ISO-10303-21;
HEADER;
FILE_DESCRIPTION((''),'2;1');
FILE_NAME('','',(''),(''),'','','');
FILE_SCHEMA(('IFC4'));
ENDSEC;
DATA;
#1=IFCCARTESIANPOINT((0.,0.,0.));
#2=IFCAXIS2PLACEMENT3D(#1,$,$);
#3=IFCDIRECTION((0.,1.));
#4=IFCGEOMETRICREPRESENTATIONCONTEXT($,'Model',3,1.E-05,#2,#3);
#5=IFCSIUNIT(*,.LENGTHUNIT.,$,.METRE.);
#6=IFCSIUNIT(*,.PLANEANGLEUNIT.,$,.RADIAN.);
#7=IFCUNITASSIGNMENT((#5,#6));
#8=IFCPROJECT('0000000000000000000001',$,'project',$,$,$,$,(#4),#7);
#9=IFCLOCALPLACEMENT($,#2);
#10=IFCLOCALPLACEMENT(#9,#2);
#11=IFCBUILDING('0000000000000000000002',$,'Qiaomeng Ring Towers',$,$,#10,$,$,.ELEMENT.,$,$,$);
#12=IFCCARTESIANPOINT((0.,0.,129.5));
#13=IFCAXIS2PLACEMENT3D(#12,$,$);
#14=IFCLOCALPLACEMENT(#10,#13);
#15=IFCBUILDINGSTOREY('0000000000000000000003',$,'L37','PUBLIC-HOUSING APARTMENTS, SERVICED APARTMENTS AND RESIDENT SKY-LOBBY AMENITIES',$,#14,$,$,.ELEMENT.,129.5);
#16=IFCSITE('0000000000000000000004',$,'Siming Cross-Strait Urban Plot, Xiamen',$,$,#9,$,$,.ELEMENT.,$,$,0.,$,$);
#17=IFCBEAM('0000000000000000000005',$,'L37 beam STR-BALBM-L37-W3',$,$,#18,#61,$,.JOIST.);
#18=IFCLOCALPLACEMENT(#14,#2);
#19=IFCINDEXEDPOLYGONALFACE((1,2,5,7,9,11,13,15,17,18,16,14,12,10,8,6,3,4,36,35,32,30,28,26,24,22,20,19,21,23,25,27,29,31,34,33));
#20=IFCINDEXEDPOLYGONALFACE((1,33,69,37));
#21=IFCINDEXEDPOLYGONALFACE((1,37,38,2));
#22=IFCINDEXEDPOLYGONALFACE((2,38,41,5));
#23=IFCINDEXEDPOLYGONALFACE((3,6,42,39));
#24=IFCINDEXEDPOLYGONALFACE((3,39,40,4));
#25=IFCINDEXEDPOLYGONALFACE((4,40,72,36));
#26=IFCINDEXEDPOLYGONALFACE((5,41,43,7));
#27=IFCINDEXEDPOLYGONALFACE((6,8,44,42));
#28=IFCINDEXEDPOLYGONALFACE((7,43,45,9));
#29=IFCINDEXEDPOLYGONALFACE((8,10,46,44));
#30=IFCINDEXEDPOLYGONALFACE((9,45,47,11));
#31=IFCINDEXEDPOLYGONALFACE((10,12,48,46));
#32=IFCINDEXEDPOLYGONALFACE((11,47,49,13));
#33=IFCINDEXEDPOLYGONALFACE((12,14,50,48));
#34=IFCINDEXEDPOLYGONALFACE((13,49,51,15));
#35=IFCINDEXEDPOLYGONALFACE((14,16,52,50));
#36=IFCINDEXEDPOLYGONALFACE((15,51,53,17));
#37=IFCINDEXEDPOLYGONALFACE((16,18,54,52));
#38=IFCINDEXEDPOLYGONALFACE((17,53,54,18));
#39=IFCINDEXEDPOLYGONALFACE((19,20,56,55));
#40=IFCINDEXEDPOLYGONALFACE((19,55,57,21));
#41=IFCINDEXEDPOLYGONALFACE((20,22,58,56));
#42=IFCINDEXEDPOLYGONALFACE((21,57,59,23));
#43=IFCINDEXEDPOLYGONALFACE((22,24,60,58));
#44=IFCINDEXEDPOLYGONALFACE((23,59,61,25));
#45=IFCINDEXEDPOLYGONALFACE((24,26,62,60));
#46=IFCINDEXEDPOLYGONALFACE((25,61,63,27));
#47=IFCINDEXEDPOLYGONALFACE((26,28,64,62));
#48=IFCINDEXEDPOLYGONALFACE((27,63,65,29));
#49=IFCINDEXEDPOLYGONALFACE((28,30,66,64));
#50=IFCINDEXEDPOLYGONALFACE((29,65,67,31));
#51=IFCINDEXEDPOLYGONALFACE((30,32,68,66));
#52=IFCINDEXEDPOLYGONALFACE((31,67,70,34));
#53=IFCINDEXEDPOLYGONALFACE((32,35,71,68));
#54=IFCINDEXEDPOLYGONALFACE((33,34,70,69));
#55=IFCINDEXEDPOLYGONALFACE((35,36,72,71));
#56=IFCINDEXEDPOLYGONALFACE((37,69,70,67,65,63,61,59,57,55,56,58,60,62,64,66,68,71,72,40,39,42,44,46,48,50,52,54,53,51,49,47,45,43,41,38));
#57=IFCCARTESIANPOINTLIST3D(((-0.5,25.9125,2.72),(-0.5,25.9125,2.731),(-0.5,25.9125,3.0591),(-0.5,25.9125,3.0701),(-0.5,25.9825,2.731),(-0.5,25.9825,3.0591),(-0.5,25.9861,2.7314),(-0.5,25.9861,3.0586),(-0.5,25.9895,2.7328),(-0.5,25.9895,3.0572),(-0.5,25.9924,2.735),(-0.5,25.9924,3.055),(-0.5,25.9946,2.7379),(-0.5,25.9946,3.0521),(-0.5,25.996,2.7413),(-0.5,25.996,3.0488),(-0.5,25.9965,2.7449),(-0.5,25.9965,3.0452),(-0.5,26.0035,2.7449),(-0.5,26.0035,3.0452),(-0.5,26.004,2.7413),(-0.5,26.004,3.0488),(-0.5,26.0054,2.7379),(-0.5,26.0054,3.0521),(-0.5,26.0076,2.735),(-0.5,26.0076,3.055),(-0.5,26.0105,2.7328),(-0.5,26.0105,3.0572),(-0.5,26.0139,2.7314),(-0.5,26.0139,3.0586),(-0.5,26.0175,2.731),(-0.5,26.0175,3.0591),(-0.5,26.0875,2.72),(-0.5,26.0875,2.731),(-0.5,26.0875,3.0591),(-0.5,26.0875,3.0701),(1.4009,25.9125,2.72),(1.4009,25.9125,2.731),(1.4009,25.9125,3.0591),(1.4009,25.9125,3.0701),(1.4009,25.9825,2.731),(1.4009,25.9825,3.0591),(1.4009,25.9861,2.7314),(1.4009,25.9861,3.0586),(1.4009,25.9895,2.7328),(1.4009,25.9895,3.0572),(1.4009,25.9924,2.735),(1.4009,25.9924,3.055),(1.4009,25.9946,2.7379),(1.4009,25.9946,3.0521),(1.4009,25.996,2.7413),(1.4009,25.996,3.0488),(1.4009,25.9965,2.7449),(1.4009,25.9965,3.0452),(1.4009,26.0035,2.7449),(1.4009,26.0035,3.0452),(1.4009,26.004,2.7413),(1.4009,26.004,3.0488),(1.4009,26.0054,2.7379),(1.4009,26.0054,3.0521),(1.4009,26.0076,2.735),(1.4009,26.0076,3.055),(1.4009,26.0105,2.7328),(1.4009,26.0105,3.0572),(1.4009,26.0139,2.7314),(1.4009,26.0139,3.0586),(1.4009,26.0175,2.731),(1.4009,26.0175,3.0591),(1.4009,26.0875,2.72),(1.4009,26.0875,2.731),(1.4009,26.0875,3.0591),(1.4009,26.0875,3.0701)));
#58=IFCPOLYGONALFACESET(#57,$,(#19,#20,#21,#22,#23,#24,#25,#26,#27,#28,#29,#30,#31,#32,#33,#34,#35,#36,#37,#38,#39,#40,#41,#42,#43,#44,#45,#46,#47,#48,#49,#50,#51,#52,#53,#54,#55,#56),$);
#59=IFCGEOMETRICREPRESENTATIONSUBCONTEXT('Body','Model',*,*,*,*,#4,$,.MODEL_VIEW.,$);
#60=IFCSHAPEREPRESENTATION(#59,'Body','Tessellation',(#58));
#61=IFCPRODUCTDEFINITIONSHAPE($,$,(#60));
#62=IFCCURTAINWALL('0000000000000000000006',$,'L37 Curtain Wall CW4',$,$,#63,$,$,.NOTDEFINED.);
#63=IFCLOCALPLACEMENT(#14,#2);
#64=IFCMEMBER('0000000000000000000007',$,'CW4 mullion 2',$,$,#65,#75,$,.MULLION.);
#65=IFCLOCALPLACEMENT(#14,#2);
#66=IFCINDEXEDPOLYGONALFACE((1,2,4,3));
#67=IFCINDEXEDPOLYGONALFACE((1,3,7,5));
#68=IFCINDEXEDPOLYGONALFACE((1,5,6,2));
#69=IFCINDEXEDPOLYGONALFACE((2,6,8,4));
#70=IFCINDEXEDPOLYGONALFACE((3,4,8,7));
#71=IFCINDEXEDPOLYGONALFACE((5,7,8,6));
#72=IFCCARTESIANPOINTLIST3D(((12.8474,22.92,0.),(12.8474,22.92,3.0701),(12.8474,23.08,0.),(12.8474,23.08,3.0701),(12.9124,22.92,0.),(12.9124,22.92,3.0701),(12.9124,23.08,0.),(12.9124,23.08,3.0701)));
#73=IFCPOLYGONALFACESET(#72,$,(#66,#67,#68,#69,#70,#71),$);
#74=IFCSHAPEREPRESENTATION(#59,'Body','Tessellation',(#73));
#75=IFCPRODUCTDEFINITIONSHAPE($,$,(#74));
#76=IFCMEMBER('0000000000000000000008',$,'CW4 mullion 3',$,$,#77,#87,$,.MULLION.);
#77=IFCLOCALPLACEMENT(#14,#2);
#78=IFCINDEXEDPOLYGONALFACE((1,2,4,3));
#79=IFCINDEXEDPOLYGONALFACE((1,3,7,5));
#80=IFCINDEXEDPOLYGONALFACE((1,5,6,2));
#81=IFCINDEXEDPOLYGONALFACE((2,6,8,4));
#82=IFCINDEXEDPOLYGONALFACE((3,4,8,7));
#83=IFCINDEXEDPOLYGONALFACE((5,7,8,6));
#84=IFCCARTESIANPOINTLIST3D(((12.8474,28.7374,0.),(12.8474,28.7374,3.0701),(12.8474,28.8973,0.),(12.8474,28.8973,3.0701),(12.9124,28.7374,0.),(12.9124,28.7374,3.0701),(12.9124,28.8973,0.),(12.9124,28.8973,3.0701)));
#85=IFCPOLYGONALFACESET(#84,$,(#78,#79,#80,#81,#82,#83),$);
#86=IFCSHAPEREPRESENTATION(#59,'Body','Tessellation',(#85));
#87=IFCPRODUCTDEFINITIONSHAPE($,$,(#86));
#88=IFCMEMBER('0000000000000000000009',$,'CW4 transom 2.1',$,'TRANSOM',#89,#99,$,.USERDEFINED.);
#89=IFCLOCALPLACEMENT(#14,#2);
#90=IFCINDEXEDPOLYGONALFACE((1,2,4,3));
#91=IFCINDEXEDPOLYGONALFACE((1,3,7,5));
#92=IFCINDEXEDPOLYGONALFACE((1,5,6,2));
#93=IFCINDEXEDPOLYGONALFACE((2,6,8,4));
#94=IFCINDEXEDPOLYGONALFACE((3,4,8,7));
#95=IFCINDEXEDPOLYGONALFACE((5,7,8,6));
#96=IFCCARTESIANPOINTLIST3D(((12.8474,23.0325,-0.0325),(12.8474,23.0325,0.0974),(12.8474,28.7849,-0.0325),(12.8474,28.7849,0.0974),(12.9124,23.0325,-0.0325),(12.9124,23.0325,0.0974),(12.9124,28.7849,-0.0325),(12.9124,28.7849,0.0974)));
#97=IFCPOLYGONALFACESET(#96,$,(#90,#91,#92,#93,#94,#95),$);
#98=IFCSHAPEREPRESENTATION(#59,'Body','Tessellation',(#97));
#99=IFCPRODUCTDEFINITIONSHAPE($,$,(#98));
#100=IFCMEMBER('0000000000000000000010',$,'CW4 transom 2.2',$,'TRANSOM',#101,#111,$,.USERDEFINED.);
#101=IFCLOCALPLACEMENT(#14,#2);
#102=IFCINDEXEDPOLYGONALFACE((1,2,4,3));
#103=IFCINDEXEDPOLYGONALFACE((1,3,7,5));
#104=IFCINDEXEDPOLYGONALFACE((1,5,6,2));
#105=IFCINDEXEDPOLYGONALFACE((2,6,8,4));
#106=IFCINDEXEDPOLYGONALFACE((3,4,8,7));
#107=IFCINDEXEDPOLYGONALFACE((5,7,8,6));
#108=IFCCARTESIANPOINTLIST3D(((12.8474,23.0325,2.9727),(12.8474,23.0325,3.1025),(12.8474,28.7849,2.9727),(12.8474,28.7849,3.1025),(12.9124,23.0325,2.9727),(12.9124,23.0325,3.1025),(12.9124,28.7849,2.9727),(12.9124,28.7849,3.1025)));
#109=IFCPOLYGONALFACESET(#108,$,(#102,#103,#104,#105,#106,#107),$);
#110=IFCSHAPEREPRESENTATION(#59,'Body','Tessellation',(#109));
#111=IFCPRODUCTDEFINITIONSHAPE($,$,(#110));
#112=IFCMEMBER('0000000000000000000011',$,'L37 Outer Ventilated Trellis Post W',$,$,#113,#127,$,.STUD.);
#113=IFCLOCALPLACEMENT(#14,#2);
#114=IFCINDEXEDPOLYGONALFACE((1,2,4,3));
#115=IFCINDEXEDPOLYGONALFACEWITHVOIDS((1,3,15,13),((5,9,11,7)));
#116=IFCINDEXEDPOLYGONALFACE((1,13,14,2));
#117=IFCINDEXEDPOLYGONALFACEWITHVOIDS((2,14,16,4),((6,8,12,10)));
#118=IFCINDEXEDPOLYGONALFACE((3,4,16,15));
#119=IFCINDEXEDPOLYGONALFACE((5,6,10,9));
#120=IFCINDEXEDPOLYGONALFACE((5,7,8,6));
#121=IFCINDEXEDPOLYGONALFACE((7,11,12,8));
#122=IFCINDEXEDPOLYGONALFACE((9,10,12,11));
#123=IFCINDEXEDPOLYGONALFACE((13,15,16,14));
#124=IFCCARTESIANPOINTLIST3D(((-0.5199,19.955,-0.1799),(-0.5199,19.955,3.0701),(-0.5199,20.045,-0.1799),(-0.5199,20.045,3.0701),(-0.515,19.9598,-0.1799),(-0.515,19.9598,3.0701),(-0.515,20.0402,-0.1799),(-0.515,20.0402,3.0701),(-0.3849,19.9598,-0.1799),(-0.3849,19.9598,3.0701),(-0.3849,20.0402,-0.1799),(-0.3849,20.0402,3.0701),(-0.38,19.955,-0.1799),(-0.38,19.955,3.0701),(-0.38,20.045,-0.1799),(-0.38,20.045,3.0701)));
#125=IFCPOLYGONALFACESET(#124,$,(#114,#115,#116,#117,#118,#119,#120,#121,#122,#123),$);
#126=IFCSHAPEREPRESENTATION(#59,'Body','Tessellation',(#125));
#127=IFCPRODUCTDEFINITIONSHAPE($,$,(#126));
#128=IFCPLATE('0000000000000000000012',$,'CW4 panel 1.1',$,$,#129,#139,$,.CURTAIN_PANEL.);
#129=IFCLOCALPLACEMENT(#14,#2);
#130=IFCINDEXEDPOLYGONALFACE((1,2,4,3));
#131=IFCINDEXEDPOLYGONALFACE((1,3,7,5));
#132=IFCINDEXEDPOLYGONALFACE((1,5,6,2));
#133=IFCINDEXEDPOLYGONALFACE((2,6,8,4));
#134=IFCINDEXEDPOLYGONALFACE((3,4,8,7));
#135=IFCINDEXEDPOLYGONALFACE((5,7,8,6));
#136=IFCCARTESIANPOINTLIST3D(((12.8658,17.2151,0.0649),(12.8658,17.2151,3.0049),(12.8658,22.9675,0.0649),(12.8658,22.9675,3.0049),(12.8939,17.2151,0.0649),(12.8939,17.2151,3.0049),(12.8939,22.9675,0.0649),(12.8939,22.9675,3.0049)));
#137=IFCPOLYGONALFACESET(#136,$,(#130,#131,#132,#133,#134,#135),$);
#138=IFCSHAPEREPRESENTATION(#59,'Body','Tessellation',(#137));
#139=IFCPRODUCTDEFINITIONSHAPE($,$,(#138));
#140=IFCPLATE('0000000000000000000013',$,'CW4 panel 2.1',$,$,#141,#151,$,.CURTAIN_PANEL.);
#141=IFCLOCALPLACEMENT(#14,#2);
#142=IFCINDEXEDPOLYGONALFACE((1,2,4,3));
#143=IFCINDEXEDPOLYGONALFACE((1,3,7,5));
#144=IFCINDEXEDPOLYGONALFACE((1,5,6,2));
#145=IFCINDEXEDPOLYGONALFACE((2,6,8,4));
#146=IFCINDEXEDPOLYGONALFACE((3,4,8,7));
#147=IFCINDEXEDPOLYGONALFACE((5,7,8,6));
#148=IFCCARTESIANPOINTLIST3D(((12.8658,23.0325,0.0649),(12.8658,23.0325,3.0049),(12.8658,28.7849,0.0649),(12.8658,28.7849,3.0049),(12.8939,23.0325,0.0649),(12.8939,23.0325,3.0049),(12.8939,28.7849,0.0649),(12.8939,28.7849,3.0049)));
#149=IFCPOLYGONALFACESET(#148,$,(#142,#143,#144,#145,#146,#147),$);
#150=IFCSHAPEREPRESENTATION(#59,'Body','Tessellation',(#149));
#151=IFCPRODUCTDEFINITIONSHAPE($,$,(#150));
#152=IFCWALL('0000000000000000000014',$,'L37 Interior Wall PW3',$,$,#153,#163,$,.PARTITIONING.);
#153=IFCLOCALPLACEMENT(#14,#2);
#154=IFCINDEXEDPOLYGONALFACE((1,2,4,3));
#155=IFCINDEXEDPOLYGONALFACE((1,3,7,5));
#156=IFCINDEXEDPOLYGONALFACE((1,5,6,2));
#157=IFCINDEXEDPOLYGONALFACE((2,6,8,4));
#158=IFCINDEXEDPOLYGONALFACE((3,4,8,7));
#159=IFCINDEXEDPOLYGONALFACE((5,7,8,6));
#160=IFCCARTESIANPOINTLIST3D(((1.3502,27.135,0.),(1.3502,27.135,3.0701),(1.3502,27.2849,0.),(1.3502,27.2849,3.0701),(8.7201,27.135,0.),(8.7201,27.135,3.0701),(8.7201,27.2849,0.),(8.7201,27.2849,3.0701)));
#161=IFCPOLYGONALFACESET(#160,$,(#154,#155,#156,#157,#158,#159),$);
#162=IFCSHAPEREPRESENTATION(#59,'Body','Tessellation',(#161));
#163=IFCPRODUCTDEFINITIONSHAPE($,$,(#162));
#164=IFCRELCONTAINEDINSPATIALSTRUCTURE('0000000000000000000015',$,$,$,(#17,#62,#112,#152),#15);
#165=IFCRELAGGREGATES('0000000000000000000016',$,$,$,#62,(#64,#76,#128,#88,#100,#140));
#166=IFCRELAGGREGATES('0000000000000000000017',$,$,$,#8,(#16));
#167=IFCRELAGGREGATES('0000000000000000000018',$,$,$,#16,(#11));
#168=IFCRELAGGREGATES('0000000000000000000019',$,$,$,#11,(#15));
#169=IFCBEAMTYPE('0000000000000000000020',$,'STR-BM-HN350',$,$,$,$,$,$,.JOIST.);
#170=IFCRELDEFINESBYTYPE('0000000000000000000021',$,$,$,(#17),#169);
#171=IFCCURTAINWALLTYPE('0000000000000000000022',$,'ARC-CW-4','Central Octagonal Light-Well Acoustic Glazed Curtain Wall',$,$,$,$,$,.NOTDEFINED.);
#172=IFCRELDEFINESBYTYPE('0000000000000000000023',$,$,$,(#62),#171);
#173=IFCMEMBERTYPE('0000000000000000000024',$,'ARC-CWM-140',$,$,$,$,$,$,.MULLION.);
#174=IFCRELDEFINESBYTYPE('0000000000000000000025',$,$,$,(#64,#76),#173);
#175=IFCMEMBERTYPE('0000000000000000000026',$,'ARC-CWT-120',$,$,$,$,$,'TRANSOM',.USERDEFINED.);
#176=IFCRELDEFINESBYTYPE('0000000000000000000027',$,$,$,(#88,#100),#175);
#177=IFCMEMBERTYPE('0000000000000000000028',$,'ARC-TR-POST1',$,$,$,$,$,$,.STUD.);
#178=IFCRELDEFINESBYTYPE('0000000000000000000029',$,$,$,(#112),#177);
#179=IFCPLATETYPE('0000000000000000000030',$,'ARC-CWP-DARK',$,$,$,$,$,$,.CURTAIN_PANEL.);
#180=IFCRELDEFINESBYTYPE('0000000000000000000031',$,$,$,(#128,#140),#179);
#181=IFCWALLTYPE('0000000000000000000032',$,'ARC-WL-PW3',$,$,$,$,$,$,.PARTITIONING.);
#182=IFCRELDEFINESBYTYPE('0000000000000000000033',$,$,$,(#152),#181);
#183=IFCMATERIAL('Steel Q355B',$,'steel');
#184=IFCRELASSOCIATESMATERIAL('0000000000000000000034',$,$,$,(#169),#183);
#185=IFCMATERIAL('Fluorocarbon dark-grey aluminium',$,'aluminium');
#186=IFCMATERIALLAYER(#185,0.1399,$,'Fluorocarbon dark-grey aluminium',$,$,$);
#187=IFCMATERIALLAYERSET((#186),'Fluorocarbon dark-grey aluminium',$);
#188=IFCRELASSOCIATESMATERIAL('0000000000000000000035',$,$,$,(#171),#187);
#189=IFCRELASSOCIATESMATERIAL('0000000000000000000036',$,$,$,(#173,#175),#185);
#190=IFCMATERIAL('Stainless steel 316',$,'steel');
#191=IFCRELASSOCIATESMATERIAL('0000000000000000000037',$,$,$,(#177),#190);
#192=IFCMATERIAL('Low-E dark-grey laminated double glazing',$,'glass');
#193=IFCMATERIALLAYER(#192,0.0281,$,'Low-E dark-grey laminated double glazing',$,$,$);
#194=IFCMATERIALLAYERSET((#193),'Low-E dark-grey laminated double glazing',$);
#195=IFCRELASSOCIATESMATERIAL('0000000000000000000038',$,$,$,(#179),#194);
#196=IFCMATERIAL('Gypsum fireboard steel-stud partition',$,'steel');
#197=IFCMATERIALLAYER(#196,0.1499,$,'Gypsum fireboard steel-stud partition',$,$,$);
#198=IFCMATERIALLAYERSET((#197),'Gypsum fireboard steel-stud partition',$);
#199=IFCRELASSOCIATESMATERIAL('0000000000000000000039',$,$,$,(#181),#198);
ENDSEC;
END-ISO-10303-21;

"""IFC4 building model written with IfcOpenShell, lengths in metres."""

from ifc_helpers import new_model, si_unit, direction, frame, frame_2d, origin, origin_2d, place, context, subcontext, project, spatial, rectangle, hollow_rectangle, i_section, extrude, source, transform, mapped, material, layer, layer_set, material_profile, profile_set, type_object, element, aggregate, save


model = new_model("IFC4")

# Units and contexts
model_context = context("Model", 3, precision=1e-05, world=origin(), true_north=direction((0.0, 1.0)))
body_context = subcontext(model_context, "Body", "Model", "MODEL_VIEW")
ifc_project = project(units=[si_unit("LENGTHUNIT", "METRE"), si_unit("PLANEANGLEUNIT", "RADIAN")], contexts=[model_context])

# Site, building, storey
site_placement = place(None, origin())
site = spatial("IfcSite", under=ifc_project, at=site_placement, Name="Siming Cross-Strait Urban Plot, Xiamen", CompositionType="ELEMENT", RefElevation=0.0)
building_placement = place(site_placement, origin())
building = spatial("IfcBuilding", under=site, at=building_placement, Name="Qiaomeng Ring Towers", CompositionType="ELEMENT")
storey_placement = place(building_placement, frame((0.0, 0.0, 129.5)))
storey = spatial("IfcBuildingStorey", under=building, at=storey_placement, Name="L37", Description="PUBLIC-HOUSING APARTMENTS, SERVICED APARTMENTS AND RESIDENT SKY-LOBBY AMENITIES", CompositionType="ELEMENT", Elevation=129.5)

# Beam
ifc_material_1 = material(Name="Steel Q355B", Category="steel")
ifc_material_profile_1 = material_profile(ifc_material_1, i_section(OverallWidth=0.175, OverallDepth=0.3501, WebThickness=0.0071, FlangeThickness=0.011, FilletRadius=0.0139, at=origin_2d()), Name="HN 350x175x7x11")
ifc_profile_set_1 = profile_set([ifc_material_profile_1], Name="Steel Q355B")
beam_type_1 = type_object("IfcBeamType", Name="STR-BM-HN350", PredefinedType="JOIST", material=ifc_profile_set_1)
shared_shape_1 = source(origin(), body_context, "Body", "SweptSolid", [
    extrude(i_section(OverallWidth=0.175, OverallDepth=0.3501, WebThickness=0.0071, FlangeThickness=0.011, FilletRadius=0.0139, at=origin_2d()), origin(), (0.0, 0.0, 1.0), 1.9009),
])
beam_1_placement = place(storey_placement, frame((-0.5, 26.0, 2.895), z_axis=(1.0, 0.0, 0.0), x_axis=(0.0, 1.0, 0.0)))
element("IfcBeam", 1, at=beam_1_placement, inside=storey, type_object=beam_type_1, Name="L37 beam STR-BALBM-L37-W3", PredefinedType="JOIST", context=body_context, shape_type="MappedRepresentation", body=[
    mapped(shared_shape_1, transform((0.0, 0.0, 0.0), x_axis=(1.0, 0.0, 0.0), y_axis=(0.0, 1.0, 0.0), z_axis=(0.0, 0.0, 1.0), scale=1.0)),
])

# Curtain wall, members
ifc_material_2 = material(Name="Fluorocarbon dark-grey aluminium", Category="aluminium")
ifc_layer_1 = layer(ifc_material_2, 0.1399, Name="Fluorocarbon dark-grey aluminium")
ifc_layer_set_1 = layer_set([ifc_layer_1], Name="Fluorocarbon dark-grey aluminium")
curtain_wall_type = type_object("IfcCurtainWallType", Name="ARC-CW-4", Description="Central Octagonal Light-Well Acoustic Glazed Curtain Wall", PredefinedType="NOTDEFINED", material=ifc_layer_set_1)
curtain_wall_placement = place(storey_placement, origin())
curtain_wall = element("IfcCurtainWall", 2, at=curtain_wall_placement, inside=storey, type_object=curtain_wall_type, Name="L37 Curtain Wall CW4", PredefinedType="NOTDEFINED")
ifc_material_profile_2 = material_profile(ifc_material_2, rectangle(XDim=0.0649, YDim=0.1599, at=origin_2d()), Name="ALU MULL 65x160")
ifc_profile_set_2 = profile_set([ifc_material_profile_2], Name="Fluorocarbon dark-grey aluminium")
member_type_1 = type_object("IfcMemberType", Name="ARC-CWM-140", PredefinedType="MULLION", material=ifc_profile_set_2)
shared_shape_2 = source(origin(), body_context, "Body", "SweptSolid", [
    extrude(rectangle(XDim=0.0649, YDim=0.1599, at=origin_2d()), origin(), (0.0, 0.0, 1.0), 3.0701),
])
member_1_placement = place(storey_placement, frame((12.8799, 23.0, 0.0), z_axis=(0.0, 0.0, 1.0), x_axis=(-1.0, 0.0, 0.0)))
member_1 = element("IfcMember", 3, at=member_1_placement, type_object=member_type_1, Name="CW4 mullion 2", PredefinedType="MULLION", context=body_context, shape_type="MappedRepresentation", body=[
    mapped(shared_shape_2, transform((0.0, 0.0, 0.0), x_axis=(1.0, 0.0, 0.0), y_axis=(0.0, 1.0, 0.0), z_axis=(0.0, 0.0, 1.0), scale=1.0)),
])
member_2_placement = place(storey_placement, frame((12.8799, 28.8174, 0.0), z_axis=(0.0, 0.0, 1.0), x_axis=(-1.0, 0.0, 0.0)))
member_2 = element("IfcMember", 4, at=member_2_placement, type_object=member_type_1, Name="CW4 mullion 3", PredefinedType="MULLION", context=body_context, shape_type="MappedRepresentation", body=[
    mapped(shared_shape_2, transform((0.0, 0.0, 0.0), x_axis=(1.0, 0.0, 0.0), y_axis=(0.0, 1.0, 0.0), z_axis=(0.0, 0.0, 1.0), scale=1.0)),
])
ifc_material_profile_3 = material_profile(ifc_material_2, rectangle(XDim=0.0649, YDim=0.1299, at=origin_2d()), Name="ALU TRAN 65x130")
ifc_profile_set_3 = profile_set([ifc_material_profile_3], Name="Fluorocarbon dark-grey aluminium")
member_type_2 = type_object("IfcMemberType", Name="ARC-CWT-120", ElementType="TRANSOM", PredefinedType="USERDEFINED", material=ifc_profile_set_3)
shared_shape_3 = source(origin(), body_context, "Body", "SweptSolid", [
    extrude(rectangle(XDim=0.0649, YDim=0.1299, at=origin_2d()), origin(), (0.0, 0.0, 1.0), 5.7524),
])
member_3_placement = place(storey_placement, frame((12.8799, 23.0325, 0.0325), z_axis=(0.0, 1.0, 0.0), x_axis=(-1.0, 0.0, 0.0)))
member_3 = element("IfcMember", 5, at=member_3_placement, type_object=member_type_2, Name="CW4 transom 2.1", ObjectType="TRANSOM", PredefinedType="USERDEFINED", context=body_context, shape_type="MappedRepresentation", body=[
    mapped(shared_shape_3, transform((0.0, 0.0, 0.0), x_axis=(1.0, 0.0, 0.0), y_axis=(0.0, 1.0, 0.0), z_axis=(0.0, 0.0, 1.0), scale=1.0)),
])
member_4_placement = place(storey_placement, frame((12.8799, 23.0325, 3.0376), z_axis=(0.0, 1.0, 0.0), x_axis=(-1.0, 0.0, 0.0)))
member_4 = element("IfcMember", 6, at=member_4_placement, type_object=member_type_2, Name="CW4 transom 2.2", ObjectType="TRANSOM", PredefinedType="USERDEFINED", context=body_context, shape_type="MappedRepresentation", body=[
    mapped(shared_shape_3, transform((0.0, 0.0, 0.0), x_axis=(1.0, 0.0, 0.0), y_axis=(0.0, 1.0, 0.0), z_axis=(0.0, 0.0, 1.0), scale=1.0)),
])

# Member
ifc_material_3 = material(Name="Stainless steel 316", Category="steel")
ifc_material_profile_4 = material_profile(ifc_material_3, hollow_rectangle(XDim=0.0901, YDim=0.1399, WallThickness=0.0049, at=origin_2d()), Name="SS TRELLIS 90x140")
ifc_profile_set_4 = profile_set([ifc_material_profile_4], Name="Stainless steel 316")
member_type_3 = type_object("IfcMemberType", Name="ARC-TR-POST1", PredefinedType="STUD", material=ifc_profile_set_4)
shared_shape_4 = source(origin(), body_context, "Body", "SweptSolid", [
    extrude(hollow_rectangle(XDim=0.0901, YDim=0.1399, WallThickness=0.0049, at=origin_2d()), origin(), (0.0, 0.0, 1.0), 3.25),
])
member_5_placement = place(storey_placement, frame((-0.45, 20.0, -0.1799), z_axis=(0.0, 0.0, 1.0), x_axis=(0.0, 1.0, 0.0)))
element("IfcMember", 7, at=member_5_placement, inside=storey, type_object=member_type_3, Name="L37 Outer Ventilated Trellis Post W", PredefinedType="STUD", context=body_context, shape_type="MappedRepresentation", body=[
    mapped(shared_shape_4, transform((0.0, 0.0, 0.0), x_axis=(1.0, 0.0, 0.0), y_axis=(0.0, 1.0, 0.0), z_axis=(0.0, 0.0, 1.0), scale=1.0)),
])

# Plates
ifc_material_4 = material(Name="Low-E dark-grey laminated double glazing", Category="glass")
ifc_layer_2 = layer(ifc_material_4, 0.0281, Name="Low-E dark-grey laminated double glazing")
ifc_layer_set_2 = layer_set([ifc_layer_2], Name="Low-E dark-grey laminated double glazing")
plate_type = type_object("IfcPlateType", Name="ARC-CWP-DARK", PredefinedType="CURTAIN_PANEL", material=ifc_layer_set_2)
shared_shape_5 = source(origin(), body_context, "Body", "SweptSolid", [
    extrude(rectangle(XDim=5.7524, YDim=0.0281, at=origin_2d()), origin(), (0.0, 0.0, 1.0), 2.9399),
])
plate_1_placement = place(storey_placement, frame((12.8799, 20.0913, 0.0649), z_axis=(0.0, 0.0, 1.0), x_axis=(0.0, 1.0, 0.0)))
plate_1 = element("IfcPlate", 8, at=plate_1_placement, type_object=plate_type, Name="CW4 panel 1.1", PredefinedType="CURTAIN_PANEL", context=body_context, shape_type="MappedRepresentation", body=[
    mapped(shared_shape_5, transform((0.0, 0.0, 0.0), x_axis=(1.0, 0.0, 0.0), y_axis=(0.0, 1.0, 0.0), z_axis=(0.0, 0.0, 1.0), scale=1.0)),
])
plate_2_placement = place(storey_placement, frame((12.8799, 25.9087, 0.0649), z_axis=(0.0, 0.0, 1.0), x_axis=(0.0, 1.0, 0.0)))
plate_2 = element("IfcPlate", 9, at=plate_2_placement, type_object=plate_type, Name="CW4 panel 2.1", PredefinedType="CURTAIN_PANEL", context=body_context, shape_type="MappedRepresentation", body=[
    mapped(shared_shape_5, transform((0.0, 0.0, 0.0), x_axis=(1.0, 0.0, 0.0), y_axis=(0.0, 1.0, 0.0), z_axis=(0.0, 0.0, 1.0), scale=1.0)),
])
aggregate(curtain_wall, [member_1, member_2, plate_1, member_3, member_4, plate_2])

# Wall
ifc_material_5 = material(Name="Gypsum fireboard steel-stud partition", Category="steel")
ifc_layer_3 = layer(ifc_material_5, 0.1499, Name="Gypsum fireboard steel-stud partition")
ifc_layer_set_3 = layer_set([ifc_layer_3], Name="Gypsum fireboard steel-stud partition")
wall_type_1 = type_object("IfcWallType", Name="ARC-WL-PW3", PredefinedType="PARTITIONING", material=ifc_layer_set_3)
wall_1_placement = place(storey_placement, frame((1.3501, 27.21, 0.0), z_axis=(0.0, 0.0, 1.0), x_axis=(1.0, 0.0, 0.0)))
element("IfcWall", 10, at=wall_1_placement, inside=storey, type_object=wall_type_1, Name="L37 Interior Wall PW3", PredefinedType="PARTITIONING", context=body_context, shape_type="SweptSolid", body=[
    extrude(rectangle(XDim=7.3699, YDim=0.1499, at=frame_2d((3.6851, 0.0))), origin(), (0.0, 0.0, 1.0), 3.0701),
])

save(model, "model.ifc")
